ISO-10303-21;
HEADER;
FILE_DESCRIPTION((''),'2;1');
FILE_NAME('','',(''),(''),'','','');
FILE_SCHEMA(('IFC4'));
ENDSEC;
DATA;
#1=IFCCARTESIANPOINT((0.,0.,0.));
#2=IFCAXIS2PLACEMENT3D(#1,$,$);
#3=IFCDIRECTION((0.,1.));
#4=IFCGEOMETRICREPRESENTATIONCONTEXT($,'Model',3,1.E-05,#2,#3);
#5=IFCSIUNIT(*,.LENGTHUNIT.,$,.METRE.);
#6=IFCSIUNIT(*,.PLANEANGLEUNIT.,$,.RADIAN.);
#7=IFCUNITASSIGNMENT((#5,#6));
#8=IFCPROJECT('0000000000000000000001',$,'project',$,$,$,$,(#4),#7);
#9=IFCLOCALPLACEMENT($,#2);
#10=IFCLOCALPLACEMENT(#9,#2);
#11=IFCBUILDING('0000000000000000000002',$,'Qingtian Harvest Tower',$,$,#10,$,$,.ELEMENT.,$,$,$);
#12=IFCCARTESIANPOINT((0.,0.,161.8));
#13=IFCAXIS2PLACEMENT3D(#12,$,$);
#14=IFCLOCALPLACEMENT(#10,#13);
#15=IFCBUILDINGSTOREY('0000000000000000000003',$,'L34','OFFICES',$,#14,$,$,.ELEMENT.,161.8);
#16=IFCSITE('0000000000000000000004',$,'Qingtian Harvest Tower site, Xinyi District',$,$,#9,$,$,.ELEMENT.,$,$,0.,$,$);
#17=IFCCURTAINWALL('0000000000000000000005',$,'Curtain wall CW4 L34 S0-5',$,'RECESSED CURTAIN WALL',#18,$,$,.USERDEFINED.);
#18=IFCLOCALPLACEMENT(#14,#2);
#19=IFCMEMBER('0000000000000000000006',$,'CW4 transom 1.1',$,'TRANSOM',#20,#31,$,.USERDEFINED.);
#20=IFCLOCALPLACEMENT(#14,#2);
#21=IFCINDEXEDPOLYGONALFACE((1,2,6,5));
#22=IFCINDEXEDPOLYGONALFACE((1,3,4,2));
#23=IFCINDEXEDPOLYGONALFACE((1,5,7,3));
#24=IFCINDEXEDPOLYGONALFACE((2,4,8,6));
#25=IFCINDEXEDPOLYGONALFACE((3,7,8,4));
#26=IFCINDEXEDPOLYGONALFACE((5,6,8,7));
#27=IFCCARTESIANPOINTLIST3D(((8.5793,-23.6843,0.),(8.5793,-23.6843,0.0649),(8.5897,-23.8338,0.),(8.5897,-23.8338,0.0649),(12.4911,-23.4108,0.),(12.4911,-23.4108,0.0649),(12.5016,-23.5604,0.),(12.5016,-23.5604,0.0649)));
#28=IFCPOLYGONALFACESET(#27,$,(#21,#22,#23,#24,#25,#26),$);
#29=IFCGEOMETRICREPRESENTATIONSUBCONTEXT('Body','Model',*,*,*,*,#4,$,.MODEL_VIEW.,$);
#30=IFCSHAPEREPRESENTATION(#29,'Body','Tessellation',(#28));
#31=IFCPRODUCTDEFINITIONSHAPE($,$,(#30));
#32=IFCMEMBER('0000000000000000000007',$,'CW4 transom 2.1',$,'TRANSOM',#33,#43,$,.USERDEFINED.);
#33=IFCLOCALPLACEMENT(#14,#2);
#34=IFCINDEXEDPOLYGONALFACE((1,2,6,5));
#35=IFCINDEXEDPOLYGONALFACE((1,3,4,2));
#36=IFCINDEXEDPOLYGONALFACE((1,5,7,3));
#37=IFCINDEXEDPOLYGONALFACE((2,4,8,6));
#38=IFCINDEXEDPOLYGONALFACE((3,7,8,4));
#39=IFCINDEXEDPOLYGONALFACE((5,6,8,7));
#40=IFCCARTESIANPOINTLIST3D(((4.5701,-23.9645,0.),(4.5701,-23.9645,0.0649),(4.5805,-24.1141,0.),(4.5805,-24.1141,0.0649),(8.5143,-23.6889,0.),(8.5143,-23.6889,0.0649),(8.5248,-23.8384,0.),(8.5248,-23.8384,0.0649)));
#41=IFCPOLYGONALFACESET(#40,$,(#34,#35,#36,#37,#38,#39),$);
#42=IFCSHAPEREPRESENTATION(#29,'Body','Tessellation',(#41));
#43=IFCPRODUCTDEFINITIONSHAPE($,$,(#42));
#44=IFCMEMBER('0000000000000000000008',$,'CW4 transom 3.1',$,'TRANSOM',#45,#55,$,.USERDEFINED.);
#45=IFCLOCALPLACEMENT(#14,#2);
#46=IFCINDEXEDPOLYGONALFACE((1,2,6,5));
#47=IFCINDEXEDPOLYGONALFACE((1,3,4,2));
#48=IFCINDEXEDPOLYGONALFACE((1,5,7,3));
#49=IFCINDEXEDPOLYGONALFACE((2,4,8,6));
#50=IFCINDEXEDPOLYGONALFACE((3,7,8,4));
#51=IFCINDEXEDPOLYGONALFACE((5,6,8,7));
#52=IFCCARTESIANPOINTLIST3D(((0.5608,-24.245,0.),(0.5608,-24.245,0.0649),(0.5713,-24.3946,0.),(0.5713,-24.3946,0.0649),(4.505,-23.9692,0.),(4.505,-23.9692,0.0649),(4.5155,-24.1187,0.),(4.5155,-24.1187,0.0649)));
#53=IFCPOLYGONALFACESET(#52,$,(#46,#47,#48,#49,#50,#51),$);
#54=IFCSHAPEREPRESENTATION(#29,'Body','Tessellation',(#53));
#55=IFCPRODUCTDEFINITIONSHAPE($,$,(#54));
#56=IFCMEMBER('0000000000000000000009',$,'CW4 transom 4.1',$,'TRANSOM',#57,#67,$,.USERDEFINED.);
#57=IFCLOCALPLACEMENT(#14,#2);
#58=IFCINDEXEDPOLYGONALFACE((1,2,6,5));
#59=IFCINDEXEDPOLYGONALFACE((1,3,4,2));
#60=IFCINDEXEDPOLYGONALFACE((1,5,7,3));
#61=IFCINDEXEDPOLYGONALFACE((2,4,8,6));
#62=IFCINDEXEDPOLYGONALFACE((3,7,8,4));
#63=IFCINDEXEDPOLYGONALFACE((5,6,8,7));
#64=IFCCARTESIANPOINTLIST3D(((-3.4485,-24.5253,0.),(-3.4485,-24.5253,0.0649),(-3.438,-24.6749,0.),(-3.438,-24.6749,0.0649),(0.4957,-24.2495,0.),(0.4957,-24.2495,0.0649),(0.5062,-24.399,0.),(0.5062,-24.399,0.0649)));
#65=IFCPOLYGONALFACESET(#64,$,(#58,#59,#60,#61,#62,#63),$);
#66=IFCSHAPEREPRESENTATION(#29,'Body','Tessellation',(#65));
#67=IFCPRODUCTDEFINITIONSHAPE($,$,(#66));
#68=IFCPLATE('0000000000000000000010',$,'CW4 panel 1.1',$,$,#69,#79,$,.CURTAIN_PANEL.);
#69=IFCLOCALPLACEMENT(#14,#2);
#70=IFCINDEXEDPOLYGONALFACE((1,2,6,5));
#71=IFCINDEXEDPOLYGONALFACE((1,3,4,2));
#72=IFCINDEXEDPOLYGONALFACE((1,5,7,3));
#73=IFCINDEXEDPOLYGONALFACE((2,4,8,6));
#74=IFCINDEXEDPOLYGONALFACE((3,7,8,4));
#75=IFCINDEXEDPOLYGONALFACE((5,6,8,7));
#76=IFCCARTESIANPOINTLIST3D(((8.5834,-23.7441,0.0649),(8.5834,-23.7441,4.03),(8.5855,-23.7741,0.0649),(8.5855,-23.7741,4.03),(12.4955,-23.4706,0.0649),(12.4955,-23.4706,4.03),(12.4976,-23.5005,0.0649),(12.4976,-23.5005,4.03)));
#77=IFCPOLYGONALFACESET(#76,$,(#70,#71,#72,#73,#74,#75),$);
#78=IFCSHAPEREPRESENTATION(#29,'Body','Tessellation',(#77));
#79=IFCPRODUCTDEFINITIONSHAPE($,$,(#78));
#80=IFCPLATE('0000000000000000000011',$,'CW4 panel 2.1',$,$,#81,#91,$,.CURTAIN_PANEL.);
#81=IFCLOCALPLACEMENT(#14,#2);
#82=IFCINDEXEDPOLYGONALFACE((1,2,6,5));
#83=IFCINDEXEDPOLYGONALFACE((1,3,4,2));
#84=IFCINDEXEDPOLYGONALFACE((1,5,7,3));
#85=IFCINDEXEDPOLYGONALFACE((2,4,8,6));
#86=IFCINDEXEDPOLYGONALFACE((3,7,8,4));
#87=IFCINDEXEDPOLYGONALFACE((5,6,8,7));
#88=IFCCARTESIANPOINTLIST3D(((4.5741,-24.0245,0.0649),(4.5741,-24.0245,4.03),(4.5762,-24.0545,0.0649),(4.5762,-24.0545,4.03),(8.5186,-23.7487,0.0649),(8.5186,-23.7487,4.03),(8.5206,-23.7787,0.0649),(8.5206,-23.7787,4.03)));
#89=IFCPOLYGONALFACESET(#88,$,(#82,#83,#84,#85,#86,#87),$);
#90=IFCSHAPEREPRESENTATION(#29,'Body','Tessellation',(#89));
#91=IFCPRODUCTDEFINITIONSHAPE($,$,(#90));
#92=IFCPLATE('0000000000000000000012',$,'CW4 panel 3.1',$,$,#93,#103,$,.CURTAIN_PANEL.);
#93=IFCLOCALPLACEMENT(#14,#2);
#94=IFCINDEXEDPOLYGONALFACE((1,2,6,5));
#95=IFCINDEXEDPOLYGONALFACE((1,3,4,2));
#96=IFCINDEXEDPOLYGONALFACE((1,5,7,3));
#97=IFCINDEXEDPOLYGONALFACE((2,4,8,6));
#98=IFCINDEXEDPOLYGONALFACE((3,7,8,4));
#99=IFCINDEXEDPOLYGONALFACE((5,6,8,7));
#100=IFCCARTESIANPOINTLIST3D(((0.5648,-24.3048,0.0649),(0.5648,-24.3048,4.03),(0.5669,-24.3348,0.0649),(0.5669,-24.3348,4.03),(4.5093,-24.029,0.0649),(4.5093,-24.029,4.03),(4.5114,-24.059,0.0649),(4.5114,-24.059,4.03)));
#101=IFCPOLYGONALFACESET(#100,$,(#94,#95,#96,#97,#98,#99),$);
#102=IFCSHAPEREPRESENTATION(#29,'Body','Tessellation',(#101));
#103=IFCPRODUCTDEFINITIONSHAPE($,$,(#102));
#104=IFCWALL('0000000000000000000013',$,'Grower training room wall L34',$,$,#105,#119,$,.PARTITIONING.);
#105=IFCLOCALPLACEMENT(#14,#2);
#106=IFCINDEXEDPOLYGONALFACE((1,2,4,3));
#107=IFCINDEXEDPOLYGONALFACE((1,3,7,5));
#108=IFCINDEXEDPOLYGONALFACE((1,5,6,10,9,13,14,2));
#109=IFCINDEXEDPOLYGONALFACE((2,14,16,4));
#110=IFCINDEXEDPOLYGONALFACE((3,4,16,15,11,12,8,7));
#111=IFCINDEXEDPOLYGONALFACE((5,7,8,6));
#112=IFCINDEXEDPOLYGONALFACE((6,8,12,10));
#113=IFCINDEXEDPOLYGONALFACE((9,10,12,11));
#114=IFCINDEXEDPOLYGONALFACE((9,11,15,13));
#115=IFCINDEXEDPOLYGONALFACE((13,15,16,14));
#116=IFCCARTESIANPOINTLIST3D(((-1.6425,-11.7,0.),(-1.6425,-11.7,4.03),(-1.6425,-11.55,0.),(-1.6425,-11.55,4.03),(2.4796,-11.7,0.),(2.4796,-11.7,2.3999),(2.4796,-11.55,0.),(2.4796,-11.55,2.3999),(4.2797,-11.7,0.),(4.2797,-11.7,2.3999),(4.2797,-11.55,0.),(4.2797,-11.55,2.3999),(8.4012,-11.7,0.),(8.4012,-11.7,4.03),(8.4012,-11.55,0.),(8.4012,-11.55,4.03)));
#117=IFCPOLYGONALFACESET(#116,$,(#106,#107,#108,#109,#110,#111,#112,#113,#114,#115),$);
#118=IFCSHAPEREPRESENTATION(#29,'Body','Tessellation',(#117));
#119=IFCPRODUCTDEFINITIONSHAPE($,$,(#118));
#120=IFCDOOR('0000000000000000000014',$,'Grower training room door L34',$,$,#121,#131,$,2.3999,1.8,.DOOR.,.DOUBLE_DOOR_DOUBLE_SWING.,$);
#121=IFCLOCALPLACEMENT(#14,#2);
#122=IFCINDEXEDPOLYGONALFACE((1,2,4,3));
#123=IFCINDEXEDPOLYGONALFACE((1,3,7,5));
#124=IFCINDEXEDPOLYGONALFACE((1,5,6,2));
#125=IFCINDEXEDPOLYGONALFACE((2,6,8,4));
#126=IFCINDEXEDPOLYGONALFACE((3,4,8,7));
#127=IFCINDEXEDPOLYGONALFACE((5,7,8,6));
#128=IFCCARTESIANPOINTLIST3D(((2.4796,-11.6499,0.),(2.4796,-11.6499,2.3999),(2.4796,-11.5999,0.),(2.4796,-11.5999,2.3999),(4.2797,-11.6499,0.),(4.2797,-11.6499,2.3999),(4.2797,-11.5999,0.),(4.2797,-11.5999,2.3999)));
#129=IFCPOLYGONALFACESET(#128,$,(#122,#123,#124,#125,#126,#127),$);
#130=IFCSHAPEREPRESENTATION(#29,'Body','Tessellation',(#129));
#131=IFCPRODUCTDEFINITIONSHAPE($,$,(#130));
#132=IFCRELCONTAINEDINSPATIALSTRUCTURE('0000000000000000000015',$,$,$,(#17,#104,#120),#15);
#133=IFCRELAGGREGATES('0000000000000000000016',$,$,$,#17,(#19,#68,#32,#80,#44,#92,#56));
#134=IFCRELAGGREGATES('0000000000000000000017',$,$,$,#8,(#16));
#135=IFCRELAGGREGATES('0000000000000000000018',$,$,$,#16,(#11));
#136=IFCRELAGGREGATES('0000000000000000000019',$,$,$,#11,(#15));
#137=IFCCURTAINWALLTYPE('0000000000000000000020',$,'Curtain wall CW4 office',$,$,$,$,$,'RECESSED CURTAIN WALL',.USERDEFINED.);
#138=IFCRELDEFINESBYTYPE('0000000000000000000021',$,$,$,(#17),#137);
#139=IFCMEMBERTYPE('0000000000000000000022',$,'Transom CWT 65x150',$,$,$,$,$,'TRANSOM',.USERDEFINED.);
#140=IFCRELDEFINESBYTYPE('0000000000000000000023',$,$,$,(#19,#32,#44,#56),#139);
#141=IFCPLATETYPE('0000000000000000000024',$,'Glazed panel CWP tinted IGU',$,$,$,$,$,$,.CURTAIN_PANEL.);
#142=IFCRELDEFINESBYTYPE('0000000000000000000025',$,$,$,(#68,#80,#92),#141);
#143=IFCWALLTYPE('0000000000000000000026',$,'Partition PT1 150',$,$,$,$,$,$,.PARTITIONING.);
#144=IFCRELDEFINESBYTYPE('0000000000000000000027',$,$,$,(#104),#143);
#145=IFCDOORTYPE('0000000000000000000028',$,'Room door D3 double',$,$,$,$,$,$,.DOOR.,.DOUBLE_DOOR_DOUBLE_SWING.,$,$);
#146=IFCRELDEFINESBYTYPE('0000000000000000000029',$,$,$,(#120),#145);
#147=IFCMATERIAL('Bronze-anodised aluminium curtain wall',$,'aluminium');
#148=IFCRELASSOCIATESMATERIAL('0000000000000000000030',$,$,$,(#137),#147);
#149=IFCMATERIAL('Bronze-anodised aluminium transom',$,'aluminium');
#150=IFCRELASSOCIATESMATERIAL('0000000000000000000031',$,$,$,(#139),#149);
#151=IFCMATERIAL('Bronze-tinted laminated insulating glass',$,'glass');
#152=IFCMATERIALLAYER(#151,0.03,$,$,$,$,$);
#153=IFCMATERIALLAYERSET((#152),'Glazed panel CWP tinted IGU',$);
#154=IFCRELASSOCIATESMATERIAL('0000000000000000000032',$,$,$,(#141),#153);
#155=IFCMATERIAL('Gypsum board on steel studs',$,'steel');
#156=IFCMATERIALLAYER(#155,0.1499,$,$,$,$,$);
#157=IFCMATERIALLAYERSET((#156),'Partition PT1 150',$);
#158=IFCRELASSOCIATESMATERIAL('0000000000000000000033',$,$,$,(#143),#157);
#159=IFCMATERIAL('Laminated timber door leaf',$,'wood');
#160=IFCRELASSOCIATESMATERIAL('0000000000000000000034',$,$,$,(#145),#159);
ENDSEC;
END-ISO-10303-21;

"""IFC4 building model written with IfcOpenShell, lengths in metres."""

from ifc_helpers import new_model, si_unit, direction, frame, frame_2d, origin, origin_2d, place, context, subcontext, project, spatial, rectangle, extrude, material, layer, layer_set, material_profile, profile_set, type_object, element, fill, aggregate, save


model = new_model("IFC4")

# Units and contexts
model_context = context("Model", 3, precision=1e-05, world=origin(), true_north=direction((0.0, 1.0)))
body_context = subcontext(model_context, "Body", "Model", "MODEL_VIEW")
ifc_project = project(units=[si_unit("LENGTHUNIT", "METRE"), si_unit("PLANEANGLEUNIT", "RADIAN")], contexts=[model_context])

# Site, building, storey
site_placement = place(None, origin())
site = spatial("IfcSite", under=ifc_project, at=site_placement, Name="Qingtian Harvest Tower site, Xinyi District", CompositionType="ELEMENT", RefElevation=0.0)
building_placement = place(site_placement, origin())
building = spatial("IfcBuilding", under=site, at=building_placement, Name="Qingtian Harvest Tower", CompositionType="ELEMENT")
storey_placement = place(building_placement, frame((0.0, 0.0, 161.8)))
storey = spatial("IfcBuildingStorey", under=building, at=storey_placement, Name="L34", Description="OFFICES", CompositionType="ELEMENT", Elevation=161.8)

# Shared definitions
ifc_material_1 = material(Name="Bronze-anodised aluminium curtain wall", Category="aluminium")
curtain_wall_type = type_object("IfcCurtainWallType", Name="Curtain wall CW4 office", ElementType="RECESSED CURTAIN WALL", PredefinedType="USERDEFINED", material=ifc_material_1)

# Curtain wall
curtain_wall_1_placement = place(storey_placement, origin())
curtain_wall_1 = element("IfcCurtainWall", 1, at=curtain_wall_1_placement, inside=storey, type_object=curtain_wall_type, Name="Curtain wall CW4 L34 S0-5", ObjectType="RECESSED CURTAIN WALL", PredefinedType="USERDEFINED")

# Members
ifc_material_2 = material(Name="Bronze-anodised aluminium transom", Category="aluminium")
ifc_material_profile_1 = material_profile(ifc_material_2, rectangle(XDim=0.1499, YDim=0.0649, at=origin_2d()), Name="AL 65x150")
ifc_profile_set_1 = profile_set([ifc_material_profile_1], Name="Bronze-anodised aluminium transom")
member_type_1 = type_object("IfcMemberType", Name="Transom CWT 65x150", ElementType="TRANSOM", PredefinedType="USERDEFINED", material=ifc_profile_set_1)
member_1_placement = place(storey_placement, frame((12.4963, -23.4856, 0.0325), z_axis=(-0.997566, -0.069729, 0.0), x_axis=(0.069729, -0.997566, 0.0)))
member_1 = element("IfcMember", 2, at=member_1_placement, type_object=member_type_1, Name="CW4 transom 1.1", ObjectType="TRANSOM", PredefinedType="USERDEFINED", context=body_context, shape_type="SweptSolid", body=[
    extrude(rectangle(XDim=0.1499, YDim=0.0649, at=origin_2d()), origin(), (0.0, 0.0, 1.0), 3.9214),
])
member_2_placement = place(storey_placement, frame((8.5195, -23.7637, 0.0325), z_axis=(-0.997567, -0.069711, 0.0), x_axis=(0.069711, -0.997567, 0.0)))
member_2 = element("IfcMember", 3, at=member_2_placement, type_object=member_type_1, Name="CW4 transom 2.1", ObjectType="TRANSOM", PredefinedType="USERDEFINED", context=body_context, shape_type="SweptSolid", body=[
    extrude(rectangle(XDim=0.1499, YDim=0.0649, at=origin_2d()), origin(), (0.0, 0.0, 1.0), 3.9539),
])
member_3_placement = place(storey_placement, frame((4.5103, -24.0439, 0.0325), z_axis=(-0.997563, -0.069773, 0.0), x_axis=(0.069773, -0.997563, 0.0)))
member_3 = element("IfcMember", 4, at=member_3_placement, type_object=member_type_1, Name="CW4 transom 3.1", ObjectType="TRANSOM", PredefinedType="USERDEFINED", context=body_context, shape_type="SweptSolid", body=[
    extrude(rectangle(XDim=0.1499, YDim=0.0649, at=origin_2d()), origin(), (0.0, 0.0, 1.0), 3.9539),
])
member_4_placement = place(storey_placement, frame((0.501, -24.3242, 0.0325), z_axis=(-0.997563, -0.069773, 0.0), x_axis=(0.069773, -0.997563, 0.0)))
member_4 = element("IfcMember", 5, at=member_4_placement, type_object=member_type_1, Name="CW4 transom 4.1", ObjectType="TRANSOM", PredefinedType="USERDEFINED", context=body_context, shape_type="SweptSolid", body=[
    extrude(rectangle(XDim=0.1499, YDim=0.0649, at=origin_2d()), origin(), (0.0, 0.0, 1.0), 3.9539),
])

# Plates
ifc_material_3 = material(Name="Bronze-tinted laminated insulating glass", Category="glass")
ifc_layer_1 = layer(ifc_material_3, 0.03)
ifc_layer_set_1 = layer_set([ifc_layer_1], Name="Glazed panel CWP tinted IGU")
plate_type = type_object("IfcPlateType", Name="Glazed panel CWP tinted IGU", PredefinedType="CURTAIN_PANEL", material=ifc_layer_set_1)
plate_1_placement = place(storey_placement, frame((10.5405, -23.6223, 0.0649), z_axis=(0.0, 0.0, 1.0), x_axis=(-0.997564, -0.069756, 0.0)))
plate_1 = element("IfcPlate", 6, at=plate_1_placement, type_object=plate_type, Name="CW4 panel 1.1", PredefinedType="CURTAIN_PANEL", context=body_context, shape_type="SweptSolid", body=[
    extrude(rectangle(XDim=3.9216, YDim=0.03, at=origin_2d()), origin(), (0.0, 0.0, 1.0), 3.9651),
])
plate_2_placement = place(storey_placement, frame((6.5474, -23.9016, 0.0649), z_axis=(0.0, 0.0, 1.0), x_axis=(-0.997564, -0.069756, 0.0)))
plate_2 = element("IfcPlate", 7, at=plate_2_placement, type_object=plate_type, Name="CW4 panel 2.1", PredefinedType="CURTAIN_PANEL", context=body_context, shape_type="SweptSolid", body=[
    extrude(rectangle(XDim=3.9541, YDim=0.03, at=origin_2d()), origin(), (0.0, 0.0, 1.0), 3.9651),
])
plate_3_placement = place(storey_placement, frame((2.5381, -24.1819, 0.0649), z_axis=(0.0, 0.0, 1.0), x_axis=(-0.997564, -0.069756, 0.0)))
plate_3 = element("IfcPlate", 8, at=plate_3_placement, type_object=plate_type, Name="CW4 panel 3.1", PredefinedType="CURTAIN_PANEL", context=body_context, shape_type="SweptSolid", body=[
    extrude(rectangle(XDim=3.9541, YDim=0.03, at=origin_2d()), origin(), (0.0, 0.0, 1.0), 3.9651),
])
aggregate(curtain_wall_1, [member_1, plate_1, member_2, plate_2, member_3, plate_3, member_4])

# Wall, opening, door
ifc_material_4 = material(Name="Gypsum board on steel studs", Category="steel")
ifc_layer_2 = layer(ifc_material_4, 0.1499)
ifc_layer_set_2 = layer_set([ifc_layer_2], Name="Partition PT1 150")
wall_type = type_object("IfcWallType", Name="Partition PT1 150", PredefinedType="PARTITIONING", material=ifc_layer_set_2)
wall_1_placement = place(storey_placement, frame((8.4014, -11.625, 0.0), z_axis=(0.0, 0.0, 1.0), x_axis=(-1.0, 0.0, 0.0)))
wall_1 = element("IfcWall", 9, at=wall_1_placement, inside=storey, type_object=wall_type, Name="Grower training room wall L34", PredefinedType="PARTITIONING", context=body_context, shape_type="SweptSolid", body=[
    extrude(rectangle(XDim=10.0437, YDim=0.1499, at=frame_2d((5.022, 0.0))), origin(), (0.0, 0.0, 1.0), 4.03),
])
opening_1_placement = place(wall_1_placement, frame((4.1218, 0.0, 0.0)))
opening_1 = element("IfcOpeningElement", 10, at=opening_1_placement, cuts=wall_1, PredefinedType="OPENING", context=body_context, shape_type="SweptSolid", body=[
    extrude(rectangle(XDim=1.8, YDim=2.3999, at=frame_2d((0.8999, 1.2))), frame((0.0, 0.085, 0.0), z_axis=(0.0, -1.0, 0.0), x_axis=(1.0, 0.0, 0.0)), (0.0, 0.0, 1.0), 0.1699),
])
ifc_material_5 = material(Name="Laminated timber door leaf", Category="wood")
door_type_1 = type_object("IfcDoorType", Name="Room door D3 double", OperationType="DOUBLE_DOOR_DOUBLE_SWING", PredefinedType="DOOR", material=ifc_material_5)
door_1_placement = place(opening_1_placement, origin())
door_1 = element("IfcDoor", 11, at=door_1_placement, inside=storey, type_object=door_type_1, Name="Grower training room door L34", OperationType="DOUBLE_DOOR_DOUBLE_SWING", OverallHeight=2.3999, OverallWidth=1.8, PredefinedType="DOOR", context=body_context, shape_type="SweptSolid", body=[
    extrude(rectangle(XDim=1.8, YDim=2.3999, at=frame_2d((0.8999, 1.2))), frame((0.0, 0.0249, 0.0), z_axis=(0.0, -1.0, 0.0), x_axis=(1.0, 0.0, 0.0)), (0.0, 0.0, 1.0), 0.05),
])
fill(opening_1, door_1)

save(model, "model.ifc")
